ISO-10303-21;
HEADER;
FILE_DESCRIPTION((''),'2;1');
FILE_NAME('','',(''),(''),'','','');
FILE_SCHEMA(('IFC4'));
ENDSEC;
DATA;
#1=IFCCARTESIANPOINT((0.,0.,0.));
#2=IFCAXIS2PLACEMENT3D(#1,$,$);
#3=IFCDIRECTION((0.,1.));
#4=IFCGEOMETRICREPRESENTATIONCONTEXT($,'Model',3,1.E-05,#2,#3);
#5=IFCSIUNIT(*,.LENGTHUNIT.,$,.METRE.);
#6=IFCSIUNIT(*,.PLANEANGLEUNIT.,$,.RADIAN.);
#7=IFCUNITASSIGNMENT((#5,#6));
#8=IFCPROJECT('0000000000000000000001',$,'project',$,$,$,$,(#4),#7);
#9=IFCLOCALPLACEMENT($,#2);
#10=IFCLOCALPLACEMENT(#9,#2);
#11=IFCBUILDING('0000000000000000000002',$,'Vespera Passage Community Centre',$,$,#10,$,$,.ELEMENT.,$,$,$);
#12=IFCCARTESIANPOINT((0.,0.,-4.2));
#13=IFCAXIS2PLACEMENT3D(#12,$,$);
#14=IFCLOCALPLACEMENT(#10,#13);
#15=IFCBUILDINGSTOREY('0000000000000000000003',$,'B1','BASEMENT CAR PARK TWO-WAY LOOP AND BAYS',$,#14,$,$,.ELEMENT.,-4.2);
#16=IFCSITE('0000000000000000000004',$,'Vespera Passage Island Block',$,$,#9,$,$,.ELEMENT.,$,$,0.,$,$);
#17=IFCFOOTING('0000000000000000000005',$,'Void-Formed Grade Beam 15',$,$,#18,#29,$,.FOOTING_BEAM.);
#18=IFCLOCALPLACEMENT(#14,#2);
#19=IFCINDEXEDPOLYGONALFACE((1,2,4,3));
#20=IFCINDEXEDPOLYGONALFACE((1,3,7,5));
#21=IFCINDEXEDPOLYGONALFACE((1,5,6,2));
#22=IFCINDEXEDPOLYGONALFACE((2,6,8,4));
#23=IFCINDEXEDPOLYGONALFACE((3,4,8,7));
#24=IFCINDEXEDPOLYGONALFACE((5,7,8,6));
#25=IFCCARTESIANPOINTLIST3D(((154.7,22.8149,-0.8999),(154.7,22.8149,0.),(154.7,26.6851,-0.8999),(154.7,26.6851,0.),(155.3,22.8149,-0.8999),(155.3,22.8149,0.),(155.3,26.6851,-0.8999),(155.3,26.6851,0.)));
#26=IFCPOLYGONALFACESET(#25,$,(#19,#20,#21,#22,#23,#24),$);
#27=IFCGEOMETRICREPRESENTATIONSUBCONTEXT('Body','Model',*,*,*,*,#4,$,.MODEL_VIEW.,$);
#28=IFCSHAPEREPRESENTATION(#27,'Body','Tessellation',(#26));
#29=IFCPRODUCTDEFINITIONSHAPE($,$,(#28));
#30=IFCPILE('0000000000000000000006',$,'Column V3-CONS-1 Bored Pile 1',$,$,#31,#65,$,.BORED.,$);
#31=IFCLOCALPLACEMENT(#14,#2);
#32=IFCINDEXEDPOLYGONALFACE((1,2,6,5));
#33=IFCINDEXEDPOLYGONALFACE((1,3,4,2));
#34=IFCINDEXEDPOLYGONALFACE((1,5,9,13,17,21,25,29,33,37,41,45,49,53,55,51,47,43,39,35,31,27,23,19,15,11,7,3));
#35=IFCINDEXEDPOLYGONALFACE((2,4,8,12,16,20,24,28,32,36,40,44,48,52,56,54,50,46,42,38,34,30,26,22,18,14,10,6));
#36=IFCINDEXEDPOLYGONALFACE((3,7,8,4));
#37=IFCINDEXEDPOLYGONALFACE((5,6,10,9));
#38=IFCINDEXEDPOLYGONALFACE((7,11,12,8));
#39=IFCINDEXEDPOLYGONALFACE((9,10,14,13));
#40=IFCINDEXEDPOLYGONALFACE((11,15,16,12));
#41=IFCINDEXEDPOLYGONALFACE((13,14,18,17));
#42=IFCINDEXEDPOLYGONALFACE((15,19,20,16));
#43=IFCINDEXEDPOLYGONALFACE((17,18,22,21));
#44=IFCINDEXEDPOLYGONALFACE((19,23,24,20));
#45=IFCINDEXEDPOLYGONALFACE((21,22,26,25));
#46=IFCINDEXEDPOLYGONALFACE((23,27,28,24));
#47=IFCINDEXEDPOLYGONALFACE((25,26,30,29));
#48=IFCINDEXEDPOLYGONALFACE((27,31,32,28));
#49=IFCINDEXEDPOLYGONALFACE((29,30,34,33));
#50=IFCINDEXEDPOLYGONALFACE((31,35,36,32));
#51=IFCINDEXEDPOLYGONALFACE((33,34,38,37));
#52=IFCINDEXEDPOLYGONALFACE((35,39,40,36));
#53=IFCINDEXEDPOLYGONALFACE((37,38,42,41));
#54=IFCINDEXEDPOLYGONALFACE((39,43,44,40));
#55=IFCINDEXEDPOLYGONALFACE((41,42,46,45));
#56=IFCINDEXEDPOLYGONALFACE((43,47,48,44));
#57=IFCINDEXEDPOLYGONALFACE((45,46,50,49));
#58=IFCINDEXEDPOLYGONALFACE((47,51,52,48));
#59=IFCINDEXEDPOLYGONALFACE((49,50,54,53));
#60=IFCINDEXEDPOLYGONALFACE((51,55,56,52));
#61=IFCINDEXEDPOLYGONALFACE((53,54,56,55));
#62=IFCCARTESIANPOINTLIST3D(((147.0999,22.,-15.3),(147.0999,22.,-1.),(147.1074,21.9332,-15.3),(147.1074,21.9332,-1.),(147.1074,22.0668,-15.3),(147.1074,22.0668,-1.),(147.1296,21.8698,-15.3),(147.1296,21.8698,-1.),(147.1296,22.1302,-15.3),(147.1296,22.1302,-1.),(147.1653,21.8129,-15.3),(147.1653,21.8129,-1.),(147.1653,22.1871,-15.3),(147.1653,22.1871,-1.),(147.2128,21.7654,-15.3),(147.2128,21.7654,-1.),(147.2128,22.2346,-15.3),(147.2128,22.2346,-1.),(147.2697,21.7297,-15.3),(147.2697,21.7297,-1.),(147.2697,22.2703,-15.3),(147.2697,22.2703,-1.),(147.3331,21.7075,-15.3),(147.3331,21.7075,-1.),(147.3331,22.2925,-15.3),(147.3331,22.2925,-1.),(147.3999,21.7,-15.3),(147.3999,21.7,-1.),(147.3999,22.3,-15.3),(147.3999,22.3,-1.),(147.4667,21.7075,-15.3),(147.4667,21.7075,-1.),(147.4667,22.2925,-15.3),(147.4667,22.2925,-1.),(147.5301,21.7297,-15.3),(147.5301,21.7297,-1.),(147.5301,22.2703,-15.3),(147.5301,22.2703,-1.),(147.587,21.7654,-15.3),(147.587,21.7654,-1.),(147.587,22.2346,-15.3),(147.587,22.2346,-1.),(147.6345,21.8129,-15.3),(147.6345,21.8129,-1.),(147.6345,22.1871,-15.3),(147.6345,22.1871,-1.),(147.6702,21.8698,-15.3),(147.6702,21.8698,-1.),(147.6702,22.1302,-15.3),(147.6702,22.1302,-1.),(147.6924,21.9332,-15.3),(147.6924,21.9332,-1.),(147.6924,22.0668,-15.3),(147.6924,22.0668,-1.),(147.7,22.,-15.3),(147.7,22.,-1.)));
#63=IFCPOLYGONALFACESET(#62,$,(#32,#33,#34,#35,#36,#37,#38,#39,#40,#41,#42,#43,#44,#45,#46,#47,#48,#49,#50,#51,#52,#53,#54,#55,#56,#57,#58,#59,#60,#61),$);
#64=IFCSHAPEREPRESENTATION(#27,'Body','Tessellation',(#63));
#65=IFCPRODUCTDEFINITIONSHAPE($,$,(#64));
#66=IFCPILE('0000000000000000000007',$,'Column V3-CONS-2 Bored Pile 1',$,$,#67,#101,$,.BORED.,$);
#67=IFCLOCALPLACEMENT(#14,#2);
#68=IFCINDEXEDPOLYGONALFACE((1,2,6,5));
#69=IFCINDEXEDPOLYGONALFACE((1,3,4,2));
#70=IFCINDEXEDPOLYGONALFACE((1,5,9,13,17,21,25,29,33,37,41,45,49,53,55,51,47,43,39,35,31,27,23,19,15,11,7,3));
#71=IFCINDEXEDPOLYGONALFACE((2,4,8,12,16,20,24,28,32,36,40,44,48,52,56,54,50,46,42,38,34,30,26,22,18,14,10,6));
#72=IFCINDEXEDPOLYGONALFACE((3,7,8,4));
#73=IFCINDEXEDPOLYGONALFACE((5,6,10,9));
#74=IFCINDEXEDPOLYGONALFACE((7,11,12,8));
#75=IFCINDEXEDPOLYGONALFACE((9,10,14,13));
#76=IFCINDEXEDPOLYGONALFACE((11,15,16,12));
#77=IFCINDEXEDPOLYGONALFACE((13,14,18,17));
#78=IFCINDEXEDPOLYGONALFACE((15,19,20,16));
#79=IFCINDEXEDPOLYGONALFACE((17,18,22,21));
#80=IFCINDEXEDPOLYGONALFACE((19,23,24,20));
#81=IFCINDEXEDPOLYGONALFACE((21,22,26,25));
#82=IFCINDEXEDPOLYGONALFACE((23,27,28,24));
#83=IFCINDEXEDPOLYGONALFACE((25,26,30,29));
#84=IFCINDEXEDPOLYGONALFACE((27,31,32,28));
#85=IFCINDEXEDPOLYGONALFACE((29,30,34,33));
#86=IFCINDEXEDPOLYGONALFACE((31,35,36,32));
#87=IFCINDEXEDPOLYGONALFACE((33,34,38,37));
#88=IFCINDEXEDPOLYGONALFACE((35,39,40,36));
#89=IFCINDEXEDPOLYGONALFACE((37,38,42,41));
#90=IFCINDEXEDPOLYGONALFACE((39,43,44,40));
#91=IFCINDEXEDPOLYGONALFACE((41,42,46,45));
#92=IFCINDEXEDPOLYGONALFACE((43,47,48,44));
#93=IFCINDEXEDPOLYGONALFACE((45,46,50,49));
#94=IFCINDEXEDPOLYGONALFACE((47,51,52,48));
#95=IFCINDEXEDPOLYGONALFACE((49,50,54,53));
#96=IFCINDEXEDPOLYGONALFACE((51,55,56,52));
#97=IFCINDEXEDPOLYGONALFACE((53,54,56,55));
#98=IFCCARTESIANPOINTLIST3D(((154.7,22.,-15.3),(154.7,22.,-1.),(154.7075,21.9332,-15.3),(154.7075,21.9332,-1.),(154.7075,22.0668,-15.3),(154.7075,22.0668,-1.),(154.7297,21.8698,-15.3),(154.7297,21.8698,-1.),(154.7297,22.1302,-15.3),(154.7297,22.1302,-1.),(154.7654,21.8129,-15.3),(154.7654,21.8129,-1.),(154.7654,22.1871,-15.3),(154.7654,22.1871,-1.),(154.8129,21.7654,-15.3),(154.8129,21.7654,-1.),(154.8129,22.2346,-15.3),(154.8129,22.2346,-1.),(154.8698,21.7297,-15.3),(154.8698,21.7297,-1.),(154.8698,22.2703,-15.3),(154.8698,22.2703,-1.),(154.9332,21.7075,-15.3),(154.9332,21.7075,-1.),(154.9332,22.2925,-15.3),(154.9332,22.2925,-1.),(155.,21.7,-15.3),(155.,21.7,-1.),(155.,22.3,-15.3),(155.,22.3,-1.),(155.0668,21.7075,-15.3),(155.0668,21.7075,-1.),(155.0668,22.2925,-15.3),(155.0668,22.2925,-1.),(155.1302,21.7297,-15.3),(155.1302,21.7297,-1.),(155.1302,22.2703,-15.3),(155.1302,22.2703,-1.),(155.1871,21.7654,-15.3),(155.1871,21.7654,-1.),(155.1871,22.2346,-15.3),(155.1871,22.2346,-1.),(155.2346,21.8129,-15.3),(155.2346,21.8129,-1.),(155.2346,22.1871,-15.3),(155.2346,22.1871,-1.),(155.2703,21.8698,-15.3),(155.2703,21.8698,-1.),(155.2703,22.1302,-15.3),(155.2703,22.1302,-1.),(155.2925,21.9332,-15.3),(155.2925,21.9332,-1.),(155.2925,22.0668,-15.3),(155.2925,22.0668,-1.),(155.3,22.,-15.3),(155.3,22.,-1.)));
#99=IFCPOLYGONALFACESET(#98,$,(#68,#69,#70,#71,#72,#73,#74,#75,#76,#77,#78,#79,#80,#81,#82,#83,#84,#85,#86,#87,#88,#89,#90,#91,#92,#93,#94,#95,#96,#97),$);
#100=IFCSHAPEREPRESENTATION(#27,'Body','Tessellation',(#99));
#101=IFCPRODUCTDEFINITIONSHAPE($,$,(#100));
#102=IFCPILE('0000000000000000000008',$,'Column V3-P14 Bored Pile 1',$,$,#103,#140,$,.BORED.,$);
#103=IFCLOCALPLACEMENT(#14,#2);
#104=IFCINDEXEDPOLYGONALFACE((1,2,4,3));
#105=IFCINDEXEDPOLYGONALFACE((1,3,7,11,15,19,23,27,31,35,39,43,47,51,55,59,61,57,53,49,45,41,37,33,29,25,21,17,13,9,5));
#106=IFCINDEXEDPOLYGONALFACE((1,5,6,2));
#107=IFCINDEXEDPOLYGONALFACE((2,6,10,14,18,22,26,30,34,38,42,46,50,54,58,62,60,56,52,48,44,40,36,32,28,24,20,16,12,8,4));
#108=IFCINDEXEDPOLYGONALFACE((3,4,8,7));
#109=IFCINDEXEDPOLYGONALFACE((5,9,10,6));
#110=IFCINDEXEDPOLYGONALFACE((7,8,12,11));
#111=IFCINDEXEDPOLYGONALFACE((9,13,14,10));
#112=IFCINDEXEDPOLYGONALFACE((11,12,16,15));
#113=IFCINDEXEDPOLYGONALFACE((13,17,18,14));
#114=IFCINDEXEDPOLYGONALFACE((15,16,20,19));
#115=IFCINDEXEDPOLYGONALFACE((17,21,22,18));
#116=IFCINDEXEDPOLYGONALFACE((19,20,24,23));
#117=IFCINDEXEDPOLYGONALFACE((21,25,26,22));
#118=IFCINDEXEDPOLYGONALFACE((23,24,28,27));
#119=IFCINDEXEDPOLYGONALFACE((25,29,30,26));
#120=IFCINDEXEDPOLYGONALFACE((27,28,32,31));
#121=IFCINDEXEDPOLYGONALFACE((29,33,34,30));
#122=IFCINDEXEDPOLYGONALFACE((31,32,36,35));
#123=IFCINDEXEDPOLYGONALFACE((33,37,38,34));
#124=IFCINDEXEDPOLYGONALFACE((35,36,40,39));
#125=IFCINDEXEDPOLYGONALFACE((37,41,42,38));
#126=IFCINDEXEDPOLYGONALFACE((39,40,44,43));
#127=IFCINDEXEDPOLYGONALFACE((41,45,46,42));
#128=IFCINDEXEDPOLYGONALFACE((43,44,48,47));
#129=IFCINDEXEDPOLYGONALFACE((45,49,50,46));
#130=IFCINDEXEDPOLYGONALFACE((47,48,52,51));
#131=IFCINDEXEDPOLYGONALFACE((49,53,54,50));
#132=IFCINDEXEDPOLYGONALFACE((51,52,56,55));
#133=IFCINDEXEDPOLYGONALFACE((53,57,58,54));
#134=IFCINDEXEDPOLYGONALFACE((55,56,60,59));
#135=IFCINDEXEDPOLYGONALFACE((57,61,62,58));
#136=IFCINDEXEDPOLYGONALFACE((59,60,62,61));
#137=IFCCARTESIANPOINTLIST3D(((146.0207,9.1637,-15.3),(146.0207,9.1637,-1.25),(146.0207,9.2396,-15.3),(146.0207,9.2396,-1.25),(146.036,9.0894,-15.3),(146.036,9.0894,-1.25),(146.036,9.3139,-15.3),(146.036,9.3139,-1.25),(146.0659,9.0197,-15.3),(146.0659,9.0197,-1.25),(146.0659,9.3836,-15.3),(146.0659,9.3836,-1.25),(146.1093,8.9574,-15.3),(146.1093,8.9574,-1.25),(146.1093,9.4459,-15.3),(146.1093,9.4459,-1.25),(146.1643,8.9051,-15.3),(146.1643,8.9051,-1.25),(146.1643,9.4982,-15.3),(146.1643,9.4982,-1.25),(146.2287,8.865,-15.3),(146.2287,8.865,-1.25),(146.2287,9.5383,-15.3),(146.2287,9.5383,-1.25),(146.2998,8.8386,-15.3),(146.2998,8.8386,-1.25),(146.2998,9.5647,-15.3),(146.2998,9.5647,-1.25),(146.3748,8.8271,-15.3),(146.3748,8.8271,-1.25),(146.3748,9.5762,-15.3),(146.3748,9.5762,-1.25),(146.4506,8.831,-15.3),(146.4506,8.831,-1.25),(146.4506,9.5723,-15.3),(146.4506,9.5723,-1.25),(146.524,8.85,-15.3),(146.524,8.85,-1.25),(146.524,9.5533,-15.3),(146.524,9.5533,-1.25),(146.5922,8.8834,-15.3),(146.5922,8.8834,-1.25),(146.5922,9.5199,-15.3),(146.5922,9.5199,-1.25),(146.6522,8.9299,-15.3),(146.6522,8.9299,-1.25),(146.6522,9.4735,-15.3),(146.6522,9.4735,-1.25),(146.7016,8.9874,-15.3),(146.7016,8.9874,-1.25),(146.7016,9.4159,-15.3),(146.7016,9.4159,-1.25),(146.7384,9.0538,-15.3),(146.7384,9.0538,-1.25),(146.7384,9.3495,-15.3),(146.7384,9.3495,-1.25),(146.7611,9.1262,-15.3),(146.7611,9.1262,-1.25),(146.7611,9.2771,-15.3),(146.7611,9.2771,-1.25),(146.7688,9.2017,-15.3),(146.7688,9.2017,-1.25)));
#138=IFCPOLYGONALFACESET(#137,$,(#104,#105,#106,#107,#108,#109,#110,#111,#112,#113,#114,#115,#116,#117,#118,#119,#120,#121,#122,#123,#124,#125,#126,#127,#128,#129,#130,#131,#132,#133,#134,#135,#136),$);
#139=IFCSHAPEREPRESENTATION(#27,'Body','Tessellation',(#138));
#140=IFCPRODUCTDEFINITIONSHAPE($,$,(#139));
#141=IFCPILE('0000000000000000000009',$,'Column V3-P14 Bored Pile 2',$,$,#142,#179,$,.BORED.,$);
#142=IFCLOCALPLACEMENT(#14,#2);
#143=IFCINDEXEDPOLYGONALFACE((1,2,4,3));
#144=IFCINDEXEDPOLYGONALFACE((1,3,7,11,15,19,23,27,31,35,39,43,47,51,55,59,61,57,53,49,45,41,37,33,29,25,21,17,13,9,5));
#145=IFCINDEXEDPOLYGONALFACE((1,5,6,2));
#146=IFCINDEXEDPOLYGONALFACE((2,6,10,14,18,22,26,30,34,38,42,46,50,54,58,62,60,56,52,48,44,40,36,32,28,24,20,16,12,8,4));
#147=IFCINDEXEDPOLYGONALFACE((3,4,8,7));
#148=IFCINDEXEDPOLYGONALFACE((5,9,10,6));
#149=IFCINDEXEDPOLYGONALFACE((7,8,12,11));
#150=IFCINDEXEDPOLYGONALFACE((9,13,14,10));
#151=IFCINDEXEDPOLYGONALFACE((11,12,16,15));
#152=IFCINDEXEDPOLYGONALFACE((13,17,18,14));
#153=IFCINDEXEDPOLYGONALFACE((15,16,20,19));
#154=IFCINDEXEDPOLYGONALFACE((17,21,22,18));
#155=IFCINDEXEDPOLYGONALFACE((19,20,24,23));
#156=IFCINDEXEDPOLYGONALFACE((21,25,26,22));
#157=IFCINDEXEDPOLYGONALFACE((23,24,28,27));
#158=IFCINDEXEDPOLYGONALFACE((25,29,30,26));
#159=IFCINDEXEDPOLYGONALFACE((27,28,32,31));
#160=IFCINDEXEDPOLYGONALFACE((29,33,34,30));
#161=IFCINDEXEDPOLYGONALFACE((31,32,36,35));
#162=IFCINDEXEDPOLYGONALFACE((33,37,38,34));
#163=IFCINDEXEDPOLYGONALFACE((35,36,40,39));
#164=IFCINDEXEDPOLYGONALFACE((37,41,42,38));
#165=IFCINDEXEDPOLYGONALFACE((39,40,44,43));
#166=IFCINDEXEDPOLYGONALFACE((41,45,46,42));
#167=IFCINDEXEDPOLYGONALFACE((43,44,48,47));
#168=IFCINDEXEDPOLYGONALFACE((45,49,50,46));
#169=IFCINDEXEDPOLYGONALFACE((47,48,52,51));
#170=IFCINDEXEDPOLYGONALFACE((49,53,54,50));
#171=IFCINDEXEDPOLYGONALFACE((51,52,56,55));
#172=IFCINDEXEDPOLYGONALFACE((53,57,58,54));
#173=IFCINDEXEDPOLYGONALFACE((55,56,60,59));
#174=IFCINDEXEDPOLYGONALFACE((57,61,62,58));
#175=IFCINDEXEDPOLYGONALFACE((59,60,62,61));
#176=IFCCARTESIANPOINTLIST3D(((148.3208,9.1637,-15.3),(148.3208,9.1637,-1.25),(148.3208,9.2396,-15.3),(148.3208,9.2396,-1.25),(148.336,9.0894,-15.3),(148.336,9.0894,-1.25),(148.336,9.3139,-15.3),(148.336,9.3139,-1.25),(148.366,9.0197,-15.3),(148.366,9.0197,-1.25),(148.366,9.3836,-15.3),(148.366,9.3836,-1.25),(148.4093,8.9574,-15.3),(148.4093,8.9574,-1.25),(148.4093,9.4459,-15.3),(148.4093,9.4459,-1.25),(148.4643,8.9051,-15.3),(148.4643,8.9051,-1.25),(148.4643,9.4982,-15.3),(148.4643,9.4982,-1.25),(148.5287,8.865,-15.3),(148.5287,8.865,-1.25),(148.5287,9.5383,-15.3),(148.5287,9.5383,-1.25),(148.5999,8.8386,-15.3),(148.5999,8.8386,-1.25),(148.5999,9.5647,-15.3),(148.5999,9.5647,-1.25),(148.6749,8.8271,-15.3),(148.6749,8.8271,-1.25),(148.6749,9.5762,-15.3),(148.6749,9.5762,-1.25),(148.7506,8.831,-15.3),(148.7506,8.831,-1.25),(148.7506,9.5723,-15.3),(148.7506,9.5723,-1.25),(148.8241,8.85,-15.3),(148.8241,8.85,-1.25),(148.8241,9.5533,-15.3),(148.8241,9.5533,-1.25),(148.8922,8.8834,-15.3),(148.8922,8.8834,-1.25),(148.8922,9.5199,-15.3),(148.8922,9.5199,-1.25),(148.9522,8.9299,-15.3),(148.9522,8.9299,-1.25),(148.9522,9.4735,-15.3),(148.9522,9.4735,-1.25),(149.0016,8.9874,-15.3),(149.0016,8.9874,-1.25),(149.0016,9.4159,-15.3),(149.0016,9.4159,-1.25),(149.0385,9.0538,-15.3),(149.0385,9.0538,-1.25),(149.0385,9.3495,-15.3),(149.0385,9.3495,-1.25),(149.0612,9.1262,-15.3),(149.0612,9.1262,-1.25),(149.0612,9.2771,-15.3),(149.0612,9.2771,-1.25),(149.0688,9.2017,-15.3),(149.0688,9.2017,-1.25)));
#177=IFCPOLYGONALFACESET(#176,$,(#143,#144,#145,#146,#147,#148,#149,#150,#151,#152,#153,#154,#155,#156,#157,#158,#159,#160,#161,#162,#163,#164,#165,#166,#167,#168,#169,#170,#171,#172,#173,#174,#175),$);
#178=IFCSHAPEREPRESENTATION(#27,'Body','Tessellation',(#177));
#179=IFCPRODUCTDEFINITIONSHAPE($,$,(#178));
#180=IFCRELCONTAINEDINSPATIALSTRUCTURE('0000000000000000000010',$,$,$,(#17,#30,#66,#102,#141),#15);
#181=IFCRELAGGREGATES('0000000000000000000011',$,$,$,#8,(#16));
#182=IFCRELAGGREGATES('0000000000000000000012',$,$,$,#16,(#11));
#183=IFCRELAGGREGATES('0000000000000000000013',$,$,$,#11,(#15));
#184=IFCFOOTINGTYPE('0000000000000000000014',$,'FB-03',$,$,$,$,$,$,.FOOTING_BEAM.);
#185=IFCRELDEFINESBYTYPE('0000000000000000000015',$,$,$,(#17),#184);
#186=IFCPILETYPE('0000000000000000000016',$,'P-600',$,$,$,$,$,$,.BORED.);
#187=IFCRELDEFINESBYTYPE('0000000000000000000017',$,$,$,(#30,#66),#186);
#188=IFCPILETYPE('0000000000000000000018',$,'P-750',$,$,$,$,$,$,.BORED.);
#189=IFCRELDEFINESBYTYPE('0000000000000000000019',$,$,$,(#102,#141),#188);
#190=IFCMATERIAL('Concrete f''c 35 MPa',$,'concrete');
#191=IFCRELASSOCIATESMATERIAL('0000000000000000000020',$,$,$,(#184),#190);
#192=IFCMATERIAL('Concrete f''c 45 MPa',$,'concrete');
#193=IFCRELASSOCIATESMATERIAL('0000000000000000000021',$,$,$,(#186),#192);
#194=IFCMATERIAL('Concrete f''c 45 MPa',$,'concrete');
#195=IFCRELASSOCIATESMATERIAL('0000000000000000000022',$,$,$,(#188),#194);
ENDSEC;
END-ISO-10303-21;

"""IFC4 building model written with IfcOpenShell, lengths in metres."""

from ifc_helpers import new_model, si_unit, direction, frame, origin, origin_2d, place, context, subcontext, project, spatial, rectangle, circle, extrude, material, material_profile, profile_set, type_object, element, save


model = new_model("IFC4")

# Units and contexts
model_context = context("Model", 3, precision=1e-05, world=origin(), true_north=direction((0.0, 1.0)))
body_context = subcontext(model_context, "Body", "Model", "MODEL_VIEW")
ifc_project = project(units=[si_unit("LENGTHUNIT", "METRE"), si_unit("PLANEANGLEUNIT", "RADIAN")], contexts=[model_context])

# Site, building, storey
site_placement = place(None, origin())
site = spatial("IfcSite", under=ifc_project, at=site_placement, Name="Vespera Passage Island Block", CompositionType="ELEMENT", RefElevation=0.0)
building_placement = place(site_placement, origin())
building = spatial("IfcBuilding", under=site, at=building_placement, Name="Vespera Passage Community Centre", CompositionType="ELEMENT")
storey_placement = place(building_placement, frame((0.0, 0.0, -4.2)))
storey = spatial("IfcBuildingStorey", under=building, at=storey_placement, Name="B1", Description="BASEMENT CAR PARK TWO-WAY LOOP AND BAYS", CompositionType="ELEMENT", Elevation=-4.2)

# Footing
ifc_material_1 = material(Name="Concrete f'c 35 MPa", Category="concrete")
footing_type_1 = type_object("IfcFootingType", Name="FB-03", PredefinedType="FOOTING_BEAM", material=ifc_material_1)
footing_1_placement = place(storey_placement, frame((155.0, 24.75, -0.8999), z_axis=(0.0, 0.0, 1.0), x_axis=(0.0, 1.0, 0.0)))
element("IfcFooting", 1, at=footing_1_placement, inside=storey, type_object=footing_type_1, Name="Void-Formed Grade Beam 15", PredefinedType="FOOTING_BEAM", context=body_context, shape_type="SweptSolid", body=[
    extrude(rectangle(XDim=3.8701, YDim=0.6001, at=origin_2d()), origin(), (0.0, 0.0, 1.0), 0.8999),
])

# Piles
ifc_material_2 = material(Name="Concrete f'c 45 MPa", Category="concrete")
ifc_material_profile_1 = material_profile(ifc_material_2, circle(Radius=0.3, at=origin_2d()), Name="PILE600DIA")
ifc_profile_set_1 = profile_set([ifc_material_profile_1], Name="Concrete f'c 45 MPa")
pile_type_1 = type_object("IfcPileType", Name="P-600", PredefinedType="BORED", material=ifc_profile_set_1)
for number, where, z_axis, x_axis, name in (
    (2, (147.3999, 22.0, -1.0), (0.0, 0.0, -1.0), (1.0, 0.0, 0.0), "Column V3-CONS-1 Bored Pile 1"),
    (3, (155.0, 22.0, -1.0), (0.0, 0.0, -1.0), (1.0, 0.0, 0.0), "Column V3-CONS-2 Bored Pile 1"),
):
    element("IfcPile", number, at=place(storey_placement, frame(where, z_axis=z_axis, x_axis=x_axis)), inside=storey, type_object=pile_type_1, Name=name, PredefinedType="BORED", context=body_context, shape_type="SweptSolid", body=[
        extrude(circle(Radius=0.3, at=origin_2d()), origin(), (0.0, 0.0, 1.0), 14.3),
    ])
ifc_material_3 = material(Name="Concrete f'c 45 MPa", Category="concrete")
ifc_material_profile_2 = material_profile(ifc_material_3, circle(Radius=0.375, at=origin_2d()), Name="PILE750DIA")
ifc_profile_set_2 = profile_set([ifc_material_profile_2], Name="Concrete f'c 45 MPa")
pile_type_2 = type_object("IfcPileType", Name="P-750", PredefinedType="BORED", material=ifc_profile_set_2)
for number, where, z_axis, x_axis, name in (
    (4, (146.3938, 9.2017, -1.25), (0.0, 0.0, -1.0), (1.0, 0.0, 0.0), "Column V3-P14 Bored Pile 1"),
    (5, (148.6938, 9.2017, -1.25), (0.0, 0.0, -1.0), (1.0, 0.0, 0.0), "Column V3-P14 Bored Pile 2"),
):
    element("IfcPile", number, at=place(storey_placement, frame(where, z_axis=z_axis, x_axis=x_axis)), inside=storey, type_object=pile_type_2, Name=name, PredefinedType="BORED", context=body_context, shape_type="SweptSolid", body=[
        extrude(circle(Radius=0.375, at=origin_2d()), origin(), (0.0, 0.0, 1.0), 14.05),
    ])

save(model, "model.ifc")
